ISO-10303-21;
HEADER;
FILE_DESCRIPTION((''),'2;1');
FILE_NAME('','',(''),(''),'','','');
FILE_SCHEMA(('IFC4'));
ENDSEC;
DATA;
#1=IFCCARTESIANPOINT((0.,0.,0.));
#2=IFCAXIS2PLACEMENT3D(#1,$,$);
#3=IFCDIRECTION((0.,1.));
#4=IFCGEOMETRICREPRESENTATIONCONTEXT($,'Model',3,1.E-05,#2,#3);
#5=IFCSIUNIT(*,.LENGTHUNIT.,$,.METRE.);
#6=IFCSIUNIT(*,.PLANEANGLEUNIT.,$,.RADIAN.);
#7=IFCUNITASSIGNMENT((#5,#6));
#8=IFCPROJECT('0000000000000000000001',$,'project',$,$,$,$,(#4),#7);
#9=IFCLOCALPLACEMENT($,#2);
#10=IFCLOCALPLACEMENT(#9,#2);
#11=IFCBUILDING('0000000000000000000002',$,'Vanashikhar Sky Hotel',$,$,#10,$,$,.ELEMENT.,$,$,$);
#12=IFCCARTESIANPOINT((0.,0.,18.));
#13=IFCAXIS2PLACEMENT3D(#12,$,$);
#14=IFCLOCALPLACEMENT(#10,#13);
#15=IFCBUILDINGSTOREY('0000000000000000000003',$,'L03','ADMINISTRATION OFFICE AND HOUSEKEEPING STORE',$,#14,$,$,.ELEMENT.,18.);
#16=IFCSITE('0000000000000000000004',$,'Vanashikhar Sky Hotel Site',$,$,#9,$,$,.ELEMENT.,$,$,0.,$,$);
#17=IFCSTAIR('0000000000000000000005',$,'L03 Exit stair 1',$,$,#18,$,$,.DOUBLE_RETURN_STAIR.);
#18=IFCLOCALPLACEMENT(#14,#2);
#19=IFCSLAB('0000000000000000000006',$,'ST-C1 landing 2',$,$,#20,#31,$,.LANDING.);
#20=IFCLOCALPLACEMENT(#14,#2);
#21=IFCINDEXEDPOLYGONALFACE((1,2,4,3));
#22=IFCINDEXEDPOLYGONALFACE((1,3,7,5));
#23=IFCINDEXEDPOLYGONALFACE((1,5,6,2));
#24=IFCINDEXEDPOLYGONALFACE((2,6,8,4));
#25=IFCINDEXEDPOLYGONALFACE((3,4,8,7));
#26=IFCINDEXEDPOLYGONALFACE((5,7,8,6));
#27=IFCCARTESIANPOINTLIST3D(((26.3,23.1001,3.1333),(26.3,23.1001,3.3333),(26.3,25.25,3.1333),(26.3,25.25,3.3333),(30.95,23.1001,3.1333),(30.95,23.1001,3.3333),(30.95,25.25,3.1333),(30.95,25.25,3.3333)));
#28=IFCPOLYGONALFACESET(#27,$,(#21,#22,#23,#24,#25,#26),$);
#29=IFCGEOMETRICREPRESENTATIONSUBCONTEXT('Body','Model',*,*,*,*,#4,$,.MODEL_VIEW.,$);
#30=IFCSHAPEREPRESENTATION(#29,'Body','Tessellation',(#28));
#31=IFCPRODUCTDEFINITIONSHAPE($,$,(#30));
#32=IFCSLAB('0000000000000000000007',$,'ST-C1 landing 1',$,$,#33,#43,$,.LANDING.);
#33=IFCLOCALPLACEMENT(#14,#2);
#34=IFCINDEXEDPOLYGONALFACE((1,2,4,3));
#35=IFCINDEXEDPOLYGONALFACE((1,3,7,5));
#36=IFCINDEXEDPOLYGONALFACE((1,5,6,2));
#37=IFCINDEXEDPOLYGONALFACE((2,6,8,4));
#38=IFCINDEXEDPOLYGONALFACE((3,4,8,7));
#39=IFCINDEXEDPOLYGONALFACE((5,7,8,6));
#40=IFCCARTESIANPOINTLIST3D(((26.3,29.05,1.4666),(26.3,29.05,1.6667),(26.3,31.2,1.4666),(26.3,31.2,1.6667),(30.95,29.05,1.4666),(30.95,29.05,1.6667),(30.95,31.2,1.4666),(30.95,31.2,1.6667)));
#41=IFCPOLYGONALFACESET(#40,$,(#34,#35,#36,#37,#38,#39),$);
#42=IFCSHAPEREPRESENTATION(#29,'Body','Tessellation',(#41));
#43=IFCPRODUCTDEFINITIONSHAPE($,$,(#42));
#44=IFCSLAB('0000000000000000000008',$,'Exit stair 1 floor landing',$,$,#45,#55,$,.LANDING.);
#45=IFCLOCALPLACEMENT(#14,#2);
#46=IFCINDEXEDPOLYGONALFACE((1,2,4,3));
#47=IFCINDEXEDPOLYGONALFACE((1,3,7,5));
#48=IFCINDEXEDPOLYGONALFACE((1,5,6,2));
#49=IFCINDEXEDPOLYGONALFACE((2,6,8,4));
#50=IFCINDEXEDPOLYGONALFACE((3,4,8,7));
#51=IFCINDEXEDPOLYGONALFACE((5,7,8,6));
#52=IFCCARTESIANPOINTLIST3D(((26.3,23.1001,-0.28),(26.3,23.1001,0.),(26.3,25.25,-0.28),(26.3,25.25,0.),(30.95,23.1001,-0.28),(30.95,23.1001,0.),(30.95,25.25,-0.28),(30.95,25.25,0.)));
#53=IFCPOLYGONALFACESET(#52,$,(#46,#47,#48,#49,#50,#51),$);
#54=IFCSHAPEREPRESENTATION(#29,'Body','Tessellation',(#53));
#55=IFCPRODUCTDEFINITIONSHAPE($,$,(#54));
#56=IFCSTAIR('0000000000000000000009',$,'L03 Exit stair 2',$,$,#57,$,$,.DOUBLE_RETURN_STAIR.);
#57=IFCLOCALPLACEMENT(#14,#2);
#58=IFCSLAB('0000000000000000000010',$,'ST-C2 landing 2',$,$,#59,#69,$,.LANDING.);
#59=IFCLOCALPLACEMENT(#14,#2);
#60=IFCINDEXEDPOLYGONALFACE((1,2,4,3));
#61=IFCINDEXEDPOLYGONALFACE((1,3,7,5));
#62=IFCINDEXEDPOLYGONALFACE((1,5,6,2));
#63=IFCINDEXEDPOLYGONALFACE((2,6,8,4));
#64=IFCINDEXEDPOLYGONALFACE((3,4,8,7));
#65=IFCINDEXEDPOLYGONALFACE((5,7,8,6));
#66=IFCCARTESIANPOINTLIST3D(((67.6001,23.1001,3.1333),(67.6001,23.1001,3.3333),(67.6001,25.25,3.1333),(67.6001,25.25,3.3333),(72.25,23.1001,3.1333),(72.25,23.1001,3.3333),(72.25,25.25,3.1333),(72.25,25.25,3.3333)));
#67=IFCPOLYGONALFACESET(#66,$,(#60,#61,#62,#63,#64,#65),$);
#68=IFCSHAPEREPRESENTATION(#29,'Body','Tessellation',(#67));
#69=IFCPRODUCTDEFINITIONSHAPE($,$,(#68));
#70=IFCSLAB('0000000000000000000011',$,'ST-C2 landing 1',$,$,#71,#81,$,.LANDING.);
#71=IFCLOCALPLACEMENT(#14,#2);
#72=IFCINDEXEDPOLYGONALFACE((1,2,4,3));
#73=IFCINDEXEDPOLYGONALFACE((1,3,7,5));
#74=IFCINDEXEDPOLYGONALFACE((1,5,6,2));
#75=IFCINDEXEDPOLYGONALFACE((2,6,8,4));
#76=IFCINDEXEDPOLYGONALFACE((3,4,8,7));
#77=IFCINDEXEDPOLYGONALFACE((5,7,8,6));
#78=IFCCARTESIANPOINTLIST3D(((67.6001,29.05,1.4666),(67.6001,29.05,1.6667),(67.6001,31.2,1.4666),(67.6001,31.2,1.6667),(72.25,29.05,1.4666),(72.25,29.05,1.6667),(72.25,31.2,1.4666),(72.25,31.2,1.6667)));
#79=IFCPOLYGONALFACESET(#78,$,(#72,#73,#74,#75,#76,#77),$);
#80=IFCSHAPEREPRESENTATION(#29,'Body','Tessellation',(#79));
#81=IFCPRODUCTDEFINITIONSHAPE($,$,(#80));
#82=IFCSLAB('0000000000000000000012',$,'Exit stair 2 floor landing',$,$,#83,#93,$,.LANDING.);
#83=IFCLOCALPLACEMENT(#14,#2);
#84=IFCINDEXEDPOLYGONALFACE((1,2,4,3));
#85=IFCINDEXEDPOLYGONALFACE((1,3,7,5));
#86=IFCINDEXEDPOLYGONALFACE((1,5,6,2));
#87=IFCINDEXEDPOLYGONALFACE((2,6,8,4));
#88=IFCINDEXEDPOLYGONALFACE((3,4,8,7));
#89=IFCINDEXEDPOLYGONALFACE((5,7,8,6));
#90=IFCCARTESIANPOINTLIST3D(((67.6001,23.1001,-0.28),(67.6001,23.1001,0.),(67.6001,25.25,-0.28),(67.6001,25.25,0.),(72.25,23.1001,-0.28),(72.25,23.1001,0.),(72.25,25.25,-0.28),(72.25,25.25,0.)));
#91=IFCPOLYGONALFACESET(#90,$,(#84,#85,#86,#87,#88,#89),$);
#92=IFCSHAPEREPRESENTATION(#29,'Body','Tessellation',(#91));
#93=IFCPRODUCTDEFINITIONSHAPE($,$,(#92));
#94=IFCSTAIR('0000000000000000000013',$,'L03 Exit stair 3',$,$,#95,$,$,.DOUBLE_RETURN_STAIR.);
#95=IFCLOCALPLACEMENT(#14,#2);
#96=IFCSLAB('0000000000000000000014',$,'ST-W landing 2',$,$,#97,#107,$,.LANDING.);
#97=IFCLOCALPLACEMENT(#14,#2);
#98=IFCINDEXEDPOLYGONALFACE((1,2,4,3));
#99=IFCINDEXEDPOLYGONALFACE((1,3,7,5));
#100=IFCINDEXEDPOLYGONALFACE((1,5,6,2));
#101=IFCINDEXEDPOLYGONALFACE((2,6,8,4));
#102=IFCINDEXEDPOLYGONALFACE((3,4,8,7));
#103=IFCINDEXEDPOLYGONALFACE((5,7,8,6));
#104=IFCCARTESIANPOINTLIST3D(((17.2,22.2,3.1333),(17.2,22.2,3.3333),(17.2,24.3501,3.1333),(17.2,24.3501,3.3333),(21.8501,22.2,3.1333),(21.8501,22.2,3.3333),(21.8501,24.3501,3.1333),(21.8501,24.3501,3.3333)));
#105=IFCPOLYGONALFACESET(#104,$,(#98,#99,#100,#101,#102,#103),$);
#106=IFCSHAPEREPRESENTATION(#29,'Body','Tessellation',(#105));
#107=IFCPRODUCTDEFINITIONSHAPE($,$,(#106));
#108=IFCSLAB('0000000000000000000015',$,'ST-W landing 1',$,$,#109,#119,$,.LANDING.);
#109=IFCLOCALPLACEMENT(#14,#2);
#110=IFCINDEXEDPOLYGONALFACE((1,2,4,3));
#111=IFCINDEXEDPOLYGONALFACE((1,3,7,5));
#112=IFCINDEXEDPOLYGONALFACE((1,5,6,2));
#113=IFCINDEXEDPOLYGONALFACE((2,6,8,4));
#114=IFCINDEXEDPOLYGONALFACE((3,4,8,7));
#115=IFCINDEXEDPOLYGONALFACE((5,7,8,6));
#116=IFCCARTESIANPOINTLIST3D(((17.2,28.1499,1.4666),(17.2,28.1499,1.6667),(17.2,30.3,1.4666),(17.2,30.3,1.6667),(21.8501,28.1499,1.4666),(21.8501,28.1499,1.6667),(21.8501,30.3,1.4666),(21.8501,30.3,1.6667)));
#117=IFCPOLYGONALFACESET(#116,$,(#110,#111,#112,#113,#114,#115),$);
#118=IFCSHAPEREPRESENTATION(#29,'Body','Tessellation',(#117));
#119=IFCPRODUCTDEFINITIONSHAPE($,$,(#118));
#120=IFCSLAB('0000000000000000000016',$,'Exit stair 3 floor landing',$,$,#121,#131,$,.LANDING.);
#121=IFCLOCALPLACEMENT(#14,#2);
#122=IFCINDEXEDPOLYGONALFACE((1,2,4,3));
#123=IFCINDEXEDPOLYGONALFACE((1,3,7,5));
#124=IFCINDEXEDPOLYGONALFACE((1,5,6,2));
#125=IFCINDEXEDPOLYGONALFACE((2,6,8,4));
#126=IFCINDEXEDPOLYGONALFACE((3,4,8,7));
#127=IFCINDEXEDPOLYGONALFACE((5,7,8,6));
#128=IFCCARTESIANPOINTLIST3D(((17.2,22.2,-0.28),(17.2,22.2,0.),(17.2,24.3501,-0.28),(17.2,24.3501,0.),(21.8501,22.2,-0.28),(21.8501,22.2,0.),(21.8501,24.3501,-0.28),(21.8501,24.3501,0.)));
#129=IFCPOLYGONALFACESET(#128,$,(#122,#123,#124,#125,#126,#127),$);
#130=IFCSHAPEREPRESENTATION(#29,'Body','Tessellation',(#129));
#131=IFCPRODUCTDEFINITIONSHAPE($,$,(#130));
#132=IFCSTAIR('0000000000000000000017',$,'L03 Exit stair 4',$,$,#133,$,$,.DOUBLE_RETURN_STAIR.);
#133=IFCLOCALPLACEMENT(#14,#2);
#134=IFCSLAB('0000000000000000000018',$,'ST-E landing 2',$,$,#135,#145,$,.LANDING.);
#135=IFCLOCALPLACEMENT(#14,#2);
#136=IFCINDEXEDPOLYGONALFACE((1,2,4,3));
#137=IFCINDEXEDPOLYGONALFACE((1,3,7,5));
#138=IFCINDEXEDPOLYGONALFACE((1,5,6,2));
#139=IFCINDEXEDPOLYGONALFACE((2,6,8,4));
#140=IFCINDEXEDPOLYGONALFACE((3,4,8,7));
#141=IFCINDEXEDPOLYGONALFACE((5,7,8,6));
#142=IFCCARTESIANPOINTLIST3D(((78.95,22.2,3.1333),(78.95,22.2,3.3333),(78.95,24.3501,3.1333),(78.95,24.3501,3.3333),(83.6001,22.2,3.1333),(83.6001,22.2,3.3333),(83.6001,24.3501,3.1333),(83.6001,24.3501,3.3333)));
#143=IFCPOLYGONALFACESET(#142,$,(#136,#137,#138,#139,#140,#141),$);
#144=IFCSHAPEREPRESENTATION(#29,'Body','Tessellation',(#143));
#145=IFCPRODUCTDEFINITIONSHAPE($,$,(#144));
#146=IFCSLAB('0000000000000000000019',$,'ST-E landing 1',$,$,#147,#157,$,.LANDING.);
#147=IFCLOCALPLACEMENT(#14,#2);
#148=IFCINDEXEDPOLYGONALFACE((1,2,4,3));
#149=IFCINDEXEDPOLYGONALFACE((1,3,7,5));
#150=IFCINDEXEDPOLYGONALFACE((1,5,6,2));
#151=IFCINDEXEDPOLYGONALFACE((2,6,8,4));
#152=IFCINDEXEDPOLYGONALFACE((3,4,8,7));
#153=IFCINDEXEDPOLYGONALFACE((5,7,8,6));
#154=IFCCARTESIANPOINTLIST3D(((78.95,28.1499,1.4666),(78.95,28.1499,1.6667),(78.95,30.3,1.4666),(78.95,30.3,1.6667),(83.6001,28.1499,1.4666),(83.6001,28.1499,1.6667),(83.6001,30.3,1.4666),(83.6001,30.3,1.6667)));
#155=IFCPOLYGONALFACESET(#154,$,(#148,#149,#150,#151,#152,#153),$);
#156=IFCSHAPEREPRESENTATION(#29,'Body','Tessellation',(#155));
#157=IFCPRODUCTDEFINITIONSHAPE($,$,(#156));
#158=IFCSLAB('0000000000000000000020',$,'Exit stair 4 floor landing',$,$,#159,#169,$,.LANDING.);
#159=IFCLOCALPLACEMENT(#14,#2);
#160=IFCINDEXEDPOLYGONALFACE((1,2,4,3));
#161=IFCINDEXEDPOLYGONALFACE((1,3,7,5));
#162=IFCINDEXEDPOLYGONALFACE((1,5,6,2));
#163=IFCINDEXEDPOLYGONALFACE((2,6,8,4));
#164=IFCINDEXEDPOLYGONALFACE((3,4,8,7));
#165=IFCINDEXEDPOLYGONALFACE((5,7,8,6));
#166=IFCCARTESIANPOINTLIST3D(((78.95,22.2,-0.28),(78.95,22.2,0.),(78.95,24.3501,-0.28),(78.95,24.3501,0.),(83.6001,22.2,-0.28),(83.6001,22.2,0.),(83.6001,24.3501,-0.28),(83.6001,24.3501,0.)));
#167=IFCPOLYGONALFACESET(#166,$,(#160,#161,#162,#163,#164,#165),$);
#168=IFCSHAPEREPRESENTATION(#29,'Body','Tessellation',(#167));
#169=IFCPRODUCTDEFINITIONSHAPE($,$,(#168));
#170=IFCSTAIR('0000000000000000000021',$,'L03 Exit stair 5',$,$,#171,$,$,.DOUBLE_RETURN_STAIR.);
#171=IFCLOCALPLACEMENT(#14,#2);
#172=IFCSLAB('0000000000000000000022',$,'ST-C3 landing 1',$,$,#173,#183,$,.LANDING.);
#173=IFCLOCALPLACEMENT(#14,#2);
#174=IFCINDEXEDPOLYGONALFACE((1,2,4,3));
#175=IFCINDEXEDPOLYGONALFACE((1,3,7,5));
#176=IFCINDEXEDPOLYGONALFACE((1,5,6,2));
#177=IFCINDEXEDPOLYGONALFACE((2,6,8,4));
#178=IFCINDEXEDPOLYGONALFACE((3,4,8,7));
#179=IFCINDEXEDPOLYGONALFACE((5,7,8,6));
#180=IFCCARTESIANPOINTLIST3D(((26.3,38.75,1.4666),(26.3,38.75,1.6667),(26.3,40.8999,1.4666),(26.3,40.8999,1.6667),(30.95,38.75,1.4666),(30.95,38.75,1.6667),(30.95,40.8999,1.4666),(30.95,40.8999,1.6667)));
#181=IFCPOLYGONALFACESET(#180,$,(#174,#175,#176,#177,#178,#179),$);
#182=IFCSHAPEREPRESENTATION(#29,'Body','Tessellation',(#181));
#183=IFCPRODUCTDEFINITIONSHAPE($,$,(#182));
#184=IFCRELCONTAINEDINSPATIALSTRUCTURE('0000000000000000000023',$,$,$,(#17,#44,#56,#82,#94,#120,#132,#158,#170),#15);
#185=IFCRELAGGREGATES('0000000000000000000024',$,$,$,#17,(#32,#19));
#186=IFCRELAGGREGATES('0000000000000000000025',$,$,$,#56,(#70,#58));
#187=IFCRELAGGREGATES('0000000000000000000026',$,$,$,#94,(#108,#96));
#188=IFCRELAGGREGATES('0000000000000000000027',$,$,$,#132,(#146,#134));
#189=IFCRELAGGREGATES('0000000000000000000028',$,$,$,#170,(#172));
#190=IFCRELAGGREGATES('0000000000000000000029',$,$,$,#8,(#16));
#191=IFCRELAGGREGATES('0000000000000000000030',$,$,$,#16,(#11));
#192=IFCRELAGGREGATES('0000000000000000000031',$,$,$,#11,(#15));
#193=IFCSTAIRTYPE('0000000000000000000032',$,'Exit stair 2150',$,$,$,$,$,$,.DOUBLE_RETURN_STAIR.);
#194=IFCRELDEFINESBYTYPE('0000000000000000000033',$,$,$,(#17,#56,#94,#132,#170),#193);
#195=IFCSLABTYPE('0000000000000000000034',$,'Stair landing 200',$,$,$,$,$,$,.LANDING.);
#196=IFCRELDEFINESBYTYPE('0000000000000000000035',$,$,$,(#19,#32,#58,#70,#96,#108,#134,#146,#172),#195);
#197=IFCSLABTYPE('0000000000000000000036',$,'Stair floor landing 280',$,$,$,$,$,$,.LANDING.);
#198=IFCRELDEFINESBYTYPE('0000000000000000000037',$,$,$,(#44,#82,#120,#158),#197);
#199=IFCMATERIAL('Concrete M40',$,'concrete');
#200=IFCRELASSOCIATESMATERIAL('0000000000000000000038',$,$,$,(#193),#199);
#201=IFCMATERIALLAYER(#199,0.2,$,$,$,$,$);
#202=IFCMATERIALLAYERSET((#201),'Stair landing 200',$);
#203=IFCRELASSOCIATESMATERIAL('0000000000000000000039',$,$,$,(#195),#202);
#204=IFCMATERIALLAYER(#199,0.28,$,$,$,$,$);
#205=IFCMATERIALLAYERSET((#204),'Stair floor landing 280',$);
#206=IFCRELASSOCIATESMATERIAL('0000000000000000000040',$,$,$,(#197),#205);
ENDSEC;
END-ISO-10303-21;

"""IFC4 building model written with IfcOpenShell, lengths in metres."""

from ifc_helpers import new_model, si_unit, direction, frame, origin, place, context, subcontext, project, spatial, polyline, outline, extrude, source, transform, mapped, material, layer, layer_set, type_object, element, aggregate, save


model = new_model("IFC4")

# Units and contexts
model_context = context("Model", 3, precision=1e-05, world=origin(), true_north=direction((0.0, 1.0)))
body_context = subcontext(model_context, "Body", "Model", "MODEL_VIEW")
ifc_project = project(units=[si_unit("LENGTHUNIT", "METRE"), si_unit("PLANEANGLEUNIT", "RADIAN")], contexts=[model_context])

# Site, building, storey
site_placement = place(None, origin())
site = spatial("IfcSite", under=ifc_project, at=site_placement, Name="Vanashikhar Sky Hotel Site", CompositionType="ELEMENT", RefElevation=0.0)
building_placement = place(site_placement, origin())
building = spatial("IfcBuilding", under=site, at=building_placement, Name="Vanashikhar Sky Hotel", CompositionType="ELEMENT")
storey_placement = place(building_placement, frame((0.0, 0.0, 18.0)))
storey = spatial("IfcBuildingStorey", under=building, at=storey_placement, Name="L03", Description="ADMINISTRATION OFFICE AND HOUSEKEEPING STORE", CompositionType="ELEMENT", Elevation=18.0)

# Shared definitions
ifc_material_1 = material(Name="Concrete M40", Category="concrete")

# Stair, slabs
stair_type = type_object("IfcStairType", Name="Exit stair 2150", PredefinedType="DOUBLE_RETURN_STAIR", material=ifc_material_1)
stair_1_placement = place(storey_placement, origin())
stair_1 = element("IfcStair", 1, at=stair_1_placement, inside=storey, type_object=stair_type, Name="L03 Exit stair 1", PredefinedType="DOUBLE_RETURN_STAIR")
ifc_layer_1 = layer(ifc_material_1, 0.2)
ifc_layer_set_1 = layer_set([ifc_layer_1], Name="Stair landing 200")
slab_type_1 = type_object("IfcSlabType", Name="Stair landing 200", PredefinedType="LANDING", material=ifc_layer_set_1)
shared_shape_1 = source(origin(), body_context, "Body", "SweptSolid", [
    extrude(outline(polyline([(30.95, 23.1001), (30.95, 25.25), (26.3, 25.25), (26.3, 23.1001), (30.95, 23.1001)])), origin(), (0.0, 0.0, 1.0), 0.2),
])
slab_1_placement = place(storey_placement, frame((0.0, 0.0, 3.1333)))
slab_1 = element("IfcSlab", 2, at=slab_1_placement, type_object=slab_type_1, Name="ST-C1 landing 2", PredefinedType="LANDING", context=body_context, shape_type="MappedRepresentation", body=[
    mapped(shared_shape_1, transform((0.0, 0.0, 0.0), scale=1.0)),
])
shared_shape_2 = source(origin(), body_context, "Body", "SweptSolid", [
    extrude(outline(polyline([(30.95, 29.05), (30.95, 31.2), (26.3, 31.2), (26.3, 29.05), (30.95, 29.05)])), origin(), (0.0, 0.0, 1.0), 0.2002),
])
slab_2_placement = place(storey_placement, frame((0.0, 0.0, 1.4666)))
slab_2 = element("IfcSlab", 3, at=slab_2_placement, type_object=slab_type_1, Name="ST-C1 landing 1", PredefinedType="LANDING", context=body_context, shape_type="MappedRepresentation", body=[
    mapped(shared_shape_2, transform((0.0, 0.0, 0.0), scale=1.0)),
])
aggregate(stair_1, [slab_2, slab_1])

# Slab
ifc_layer_2 = layer(ifc_material_1, 0.28)
ifc_layer_set_2 = layer_set([ifc_layer_2], Name="Stair floor landing 280")
slab_type_2 = type_object("IfcSlabType", Name="Stair floor landing 280", PredefinedType="LANDING", material=ifc_layer_set_2)
shared_shape_3 = source(origin(), body_context, "Body", "SweptSolid", [
    extrude(outline(polyline([(30.95, 23.1001), (30.95, 25.25), (26.3, 25.25), (26.3, 23.1001), (30.95, 23.1001)])), origin(), (0.0, 0.0, 1.0), 0.28),
])
slab_3_placement = place(storey_placement, frame((0.0, 0.0, -0.28)))
element("IfcSlab", 4, at=slab_3_placement, inside=storey, type_object=slab_type_2, Name="Exit stair 1 floor landing", PredefinedType="LANDING", context=body_context, shape_type="MappedRepresentation", body=[
    mapped(shared_shape_3, transform((0.0, 0.0, 0.0), scale=1.0)),
])

# Stair, slabs
stair_2_placement = place(storey_placement, origin())
stair_2 = element("IfcStair", 5, at=stair_2_placement, inside=storey, type_object=stair_type, Name="L03 Exit stair 2", PredefinedType="DOUBLE_RETURN_STAIR")
shared_shape_4 = source(origin(), body_context, "Body", "SweptSolid", [
    extrude(outline(polyline([(72.25, 23.1001), (72.25, 25.25), (67.6001, 25.25), (67.6001, 23.1001), (72.25, 23.1001)])), origin(), (0.0, 0.0, 1.0), 0.2),
])
slab_4_placement = place(storey_placement, frame((0.0, 0.0, 3.1333)))
slab_4 = element("IfcSlab", 6, at=slab_4_placement, type_object=slab_type_1, Name="ST-C2 landing 2", PredefinedType="LANDING", context=body_context, shape_type="MappedRepresentation", body=[
    mapped(shared_shape_4, transform((0.0, 0.0, 0.0), scale=1.0)),
])
shared_shape_5 = source(origin(), body_context, "Body", "SweptSolid", [
    extrude(outline(polyline([(72.25, 29.05), (72.25, 31.2), (67.6001, 31.2), (67.6001, 29.05), (72.25, 29.05)])), origin(), (0.0, 0.0, 1.0), 0.2002),
])
slab_5_placement = place(storey_placement, frame((0.0, 0.0, 1.4666)))
slab_5 = element("IfcSlab", 7, at=slab_5_placement, type_object=slab_type_1, Name="ST-C2 landing 1", PredefinedType="LANDING", context=body_context, shape_type="MappedRepresentation", body=[
    mapped(shared_shape_5, transform((0.0, 0.0, 0.0), scale=1.0)),
])
aggregate(stair_2, [slab_5, slab_4])

# Slab
shared_shape_6 = source(origin(), body_context, "Body", "SweptSolid", [
    extrude(outline(polyline([(72.25, 23.1001), (72.25, 25.25), (67.6001, 25.25), (67.6001, 23.1001), (72.25, 23.1001)])), origin(), (0.0, 0.0, 1.0), 0.28),
])
slab_6_placement = place(storey_placement, frame((0.0, 0.0, -0.28)))
element("IfcSlab", 8, at=slab_6_placement, inside=storey, type_object=slab_type_2, Name="Exit stair 2 floor landing", PredefinedType="LANDING", context=body_context, shape_type="MappedRepresentation", body=[
    mapped(shared_shape_6, transform((0.0, 0.0, 0.0), scale=1.0)),
])

# Stair, slabs
stair_3_placement = place(storey_placement, origin())
stair_3 = element("IfcStair", 9, at=stair_3_placement, inside=storey, type_object=stair_type, Name="L03 Exit stair 3", PredefinedType="DOUBLE_RETURN_STAIR")
shared_shape_7 = source(origin(), body_context, "Body", "SweptSolid", [
    extrude(outline(polyline([(21.8501, 22.2), (21.8501, 24.3501), (17.2, 24.3501), (17.2, 22.2), (21.8501, 22.2)])), origin(), (0.0, 0.0, 1.0), 0.2),
])
slab_7_placement = place(storey_placement, frame((0.0, 0.0, 3.1333)))
slab_7 = element("IfcSlab", 10, at=slab_7_placement, type_object=slab_type_1, Name="ST-W landing 2", PredefinedType="LANDING", context=body_context, shape_type="MappedRepresentation", body=[
    mapped(shared_shape_7, transform((0.0, 0.0, 0.0), scale=1.0)),
])
shared_shape_8 = source(origin(), body_context, "Body", "SweptSolid", [
    extrude(outline(polyline([(21.8501, 28.1499), (21.8501, 30.3), (17.2, 30.3), (17.2, 28.1499), (21.8501, 28.1499)])), origin(), (0.0, 0.0, 1.0), 0.2002),
])
slab_8_placement = place(storey_placement, frame((0.0, 0.0, 1.4666)))
slab_8 = element("IfcSlab", 11, at=slab_8_placement, type_object=slab_type_1, Name="ST-W landing 1", PredefinedType="LANDING", context=body_context, shape_type="MappedRepresentation", body=[
    mapped(shared_shape_8, transform((0.0, 0.0, 0.0), scale=1.0)),
])
aggregate(stair_3, [slab_8, slab_7])

# Slab
shared_shape_9 = source(origin(), body_context, "Body", "SweptSolid", [
    extrude(outline(polyline([(21.8501, 22.2), (21.8501, 24.3501), (17.2, 24.3501), (17.2, 22.2), (21.8501, 22.2)])), origin(), (0.0, 0.0, 1.0), 0.28),
])
slab_9_placement = place(storey_placement, frame((0.0, 0.0, -0.28)))
element("IfcSlab", 12, at=slab_9_placement, inside=storey, type_object=slab_type_2, Name="Exit stair 3 floor landing", PredefinedType="LANDING", context=body_context, shape_type="MappedRepresentation", body=[
    mapped(shared_shape_9, transform((0.0, 0.0, 0.0), scale=1.0)),
])

# Stair, slabs
stair_4_placement = place(storey_placement, origin())
stair_4 = element("IfcStair", 13, at=stair_4_placement, inside=storey, type_object=stair_type, Name="L03 Exit stair 4", PredefinedType="DOUBLE_RETURN_STAIR")
shared_shape_10 = source(origin(), body_context, "Body", "SweptSolid", [
    extrude(outline(polyline([(83.6001, 22.2), (83.6001, 24.3501), (78.95, 24.3501), (78.95, 22.2), (83.6001, 22.2)])), origin(), (0.0, 0.0, 1.0), 0.2),
])
slab_10_placement = place(storey_placement, frame((0.0, 0.0, 3.1333)))
slab_10 = element("IfcSlab", 14, at=slab_10_placement, type_object=slab_type_1, Name="ST-E landing 2", PredefinedType="LANDING", context=body_context, shape_type="MappedRepresentation", body=[
    mapped(shared_shape_10, transform((0.0, 0.0, 0.0), scale=1.0)),
])
shared_shape_11 = source(origin(), body_context, "Body", "SweptSolid", [
    extrude(outline(polyline([(83.6001, 28.1499), (83.6001, 30.3), (78.95, 30.3), (78.95, 28.1499), (83.6001, 28.1499)])), origin(), (0.0, 0.0, 1.0), 0.2002),
])
slab_11_placement = place(storey_placement, frame((0.0, 0.0, 1.4666)))
slab_11 = element("IfcSlab", 15, at=slab_11_placement, type_object=slab_type_1, Name="ST-E landing 1", PredefinedType="LANDING", context=body_context, shape_type="MappedRepresentation", body=[
    mapped(shared_shape_11, transform((0.0, 0.0, 0.0), scale=1.0)),
])
aggregate(stair_4, [slab_11, slab_10])

# Slab
shared_shape_12 = source(origin(), body_context, "Body", "SweptSolid", [
    extrude(outline(polyline([(83.6001, 22.2), (83.6001, 24.3501), (78.95, 24.3501), (78.95, 22.2), (83.6001, 22.2)])), origin(), (0.0, 0.0, 1.0), 0.28),
])
slab_12_placement = place(storey_placement, frame((0.0, 0.0, -0.28)))
element("IfcSlab", 16, at=slab_12_placement, inside=storey, type_object=slab_type_2, Name="Exit stair 4 floor landing", PredefinedType="LANDING", context=body_context, shape_type="MappedRepresentation", body=[
    mapped(shared_shape_12, transform((0.0, 0.0, 0.0), scale=1.0)),
])

# Stair, slab
stair_5_placement = place(storey_placement, origin())
stair_5 = element("IfcStair", 17, at=stair_5_placement, inside=storey, type_object=stair_type, Name="L03 Exit stair 5", PredefinedType="DOUBLE_RETURN_STAIR")
shared_shape_13 = source(origin(), body_context, "Body", "SweptSolid", [
    extrude(outline(polyline([(30.95, 38.75), (30.95, 40.8999), (26.3, 40.8999), (26.3, 38.75), (30.95, 38.75)])), origin(), (0.0, 0.0, 1.0), 0.2002),
])
slab_13_placement = place(storey_placement, frame((0.0, 0.0, 1.4666)))
slab_13 = element("IfcSlab", 18, at=slab_13_placement, type_object=slab_type_1, Name="ST-C3 landing 1", PredefinedType="LANDING", context=body_context, shape_type="MappedRepresentation", body=[
    mapped(shared_shape_13, transform((0.0, 0.0, 0.0), scale=1.0)),
])
aggregate(stair_5, [slab_13])

save(model, "model.ifc")
